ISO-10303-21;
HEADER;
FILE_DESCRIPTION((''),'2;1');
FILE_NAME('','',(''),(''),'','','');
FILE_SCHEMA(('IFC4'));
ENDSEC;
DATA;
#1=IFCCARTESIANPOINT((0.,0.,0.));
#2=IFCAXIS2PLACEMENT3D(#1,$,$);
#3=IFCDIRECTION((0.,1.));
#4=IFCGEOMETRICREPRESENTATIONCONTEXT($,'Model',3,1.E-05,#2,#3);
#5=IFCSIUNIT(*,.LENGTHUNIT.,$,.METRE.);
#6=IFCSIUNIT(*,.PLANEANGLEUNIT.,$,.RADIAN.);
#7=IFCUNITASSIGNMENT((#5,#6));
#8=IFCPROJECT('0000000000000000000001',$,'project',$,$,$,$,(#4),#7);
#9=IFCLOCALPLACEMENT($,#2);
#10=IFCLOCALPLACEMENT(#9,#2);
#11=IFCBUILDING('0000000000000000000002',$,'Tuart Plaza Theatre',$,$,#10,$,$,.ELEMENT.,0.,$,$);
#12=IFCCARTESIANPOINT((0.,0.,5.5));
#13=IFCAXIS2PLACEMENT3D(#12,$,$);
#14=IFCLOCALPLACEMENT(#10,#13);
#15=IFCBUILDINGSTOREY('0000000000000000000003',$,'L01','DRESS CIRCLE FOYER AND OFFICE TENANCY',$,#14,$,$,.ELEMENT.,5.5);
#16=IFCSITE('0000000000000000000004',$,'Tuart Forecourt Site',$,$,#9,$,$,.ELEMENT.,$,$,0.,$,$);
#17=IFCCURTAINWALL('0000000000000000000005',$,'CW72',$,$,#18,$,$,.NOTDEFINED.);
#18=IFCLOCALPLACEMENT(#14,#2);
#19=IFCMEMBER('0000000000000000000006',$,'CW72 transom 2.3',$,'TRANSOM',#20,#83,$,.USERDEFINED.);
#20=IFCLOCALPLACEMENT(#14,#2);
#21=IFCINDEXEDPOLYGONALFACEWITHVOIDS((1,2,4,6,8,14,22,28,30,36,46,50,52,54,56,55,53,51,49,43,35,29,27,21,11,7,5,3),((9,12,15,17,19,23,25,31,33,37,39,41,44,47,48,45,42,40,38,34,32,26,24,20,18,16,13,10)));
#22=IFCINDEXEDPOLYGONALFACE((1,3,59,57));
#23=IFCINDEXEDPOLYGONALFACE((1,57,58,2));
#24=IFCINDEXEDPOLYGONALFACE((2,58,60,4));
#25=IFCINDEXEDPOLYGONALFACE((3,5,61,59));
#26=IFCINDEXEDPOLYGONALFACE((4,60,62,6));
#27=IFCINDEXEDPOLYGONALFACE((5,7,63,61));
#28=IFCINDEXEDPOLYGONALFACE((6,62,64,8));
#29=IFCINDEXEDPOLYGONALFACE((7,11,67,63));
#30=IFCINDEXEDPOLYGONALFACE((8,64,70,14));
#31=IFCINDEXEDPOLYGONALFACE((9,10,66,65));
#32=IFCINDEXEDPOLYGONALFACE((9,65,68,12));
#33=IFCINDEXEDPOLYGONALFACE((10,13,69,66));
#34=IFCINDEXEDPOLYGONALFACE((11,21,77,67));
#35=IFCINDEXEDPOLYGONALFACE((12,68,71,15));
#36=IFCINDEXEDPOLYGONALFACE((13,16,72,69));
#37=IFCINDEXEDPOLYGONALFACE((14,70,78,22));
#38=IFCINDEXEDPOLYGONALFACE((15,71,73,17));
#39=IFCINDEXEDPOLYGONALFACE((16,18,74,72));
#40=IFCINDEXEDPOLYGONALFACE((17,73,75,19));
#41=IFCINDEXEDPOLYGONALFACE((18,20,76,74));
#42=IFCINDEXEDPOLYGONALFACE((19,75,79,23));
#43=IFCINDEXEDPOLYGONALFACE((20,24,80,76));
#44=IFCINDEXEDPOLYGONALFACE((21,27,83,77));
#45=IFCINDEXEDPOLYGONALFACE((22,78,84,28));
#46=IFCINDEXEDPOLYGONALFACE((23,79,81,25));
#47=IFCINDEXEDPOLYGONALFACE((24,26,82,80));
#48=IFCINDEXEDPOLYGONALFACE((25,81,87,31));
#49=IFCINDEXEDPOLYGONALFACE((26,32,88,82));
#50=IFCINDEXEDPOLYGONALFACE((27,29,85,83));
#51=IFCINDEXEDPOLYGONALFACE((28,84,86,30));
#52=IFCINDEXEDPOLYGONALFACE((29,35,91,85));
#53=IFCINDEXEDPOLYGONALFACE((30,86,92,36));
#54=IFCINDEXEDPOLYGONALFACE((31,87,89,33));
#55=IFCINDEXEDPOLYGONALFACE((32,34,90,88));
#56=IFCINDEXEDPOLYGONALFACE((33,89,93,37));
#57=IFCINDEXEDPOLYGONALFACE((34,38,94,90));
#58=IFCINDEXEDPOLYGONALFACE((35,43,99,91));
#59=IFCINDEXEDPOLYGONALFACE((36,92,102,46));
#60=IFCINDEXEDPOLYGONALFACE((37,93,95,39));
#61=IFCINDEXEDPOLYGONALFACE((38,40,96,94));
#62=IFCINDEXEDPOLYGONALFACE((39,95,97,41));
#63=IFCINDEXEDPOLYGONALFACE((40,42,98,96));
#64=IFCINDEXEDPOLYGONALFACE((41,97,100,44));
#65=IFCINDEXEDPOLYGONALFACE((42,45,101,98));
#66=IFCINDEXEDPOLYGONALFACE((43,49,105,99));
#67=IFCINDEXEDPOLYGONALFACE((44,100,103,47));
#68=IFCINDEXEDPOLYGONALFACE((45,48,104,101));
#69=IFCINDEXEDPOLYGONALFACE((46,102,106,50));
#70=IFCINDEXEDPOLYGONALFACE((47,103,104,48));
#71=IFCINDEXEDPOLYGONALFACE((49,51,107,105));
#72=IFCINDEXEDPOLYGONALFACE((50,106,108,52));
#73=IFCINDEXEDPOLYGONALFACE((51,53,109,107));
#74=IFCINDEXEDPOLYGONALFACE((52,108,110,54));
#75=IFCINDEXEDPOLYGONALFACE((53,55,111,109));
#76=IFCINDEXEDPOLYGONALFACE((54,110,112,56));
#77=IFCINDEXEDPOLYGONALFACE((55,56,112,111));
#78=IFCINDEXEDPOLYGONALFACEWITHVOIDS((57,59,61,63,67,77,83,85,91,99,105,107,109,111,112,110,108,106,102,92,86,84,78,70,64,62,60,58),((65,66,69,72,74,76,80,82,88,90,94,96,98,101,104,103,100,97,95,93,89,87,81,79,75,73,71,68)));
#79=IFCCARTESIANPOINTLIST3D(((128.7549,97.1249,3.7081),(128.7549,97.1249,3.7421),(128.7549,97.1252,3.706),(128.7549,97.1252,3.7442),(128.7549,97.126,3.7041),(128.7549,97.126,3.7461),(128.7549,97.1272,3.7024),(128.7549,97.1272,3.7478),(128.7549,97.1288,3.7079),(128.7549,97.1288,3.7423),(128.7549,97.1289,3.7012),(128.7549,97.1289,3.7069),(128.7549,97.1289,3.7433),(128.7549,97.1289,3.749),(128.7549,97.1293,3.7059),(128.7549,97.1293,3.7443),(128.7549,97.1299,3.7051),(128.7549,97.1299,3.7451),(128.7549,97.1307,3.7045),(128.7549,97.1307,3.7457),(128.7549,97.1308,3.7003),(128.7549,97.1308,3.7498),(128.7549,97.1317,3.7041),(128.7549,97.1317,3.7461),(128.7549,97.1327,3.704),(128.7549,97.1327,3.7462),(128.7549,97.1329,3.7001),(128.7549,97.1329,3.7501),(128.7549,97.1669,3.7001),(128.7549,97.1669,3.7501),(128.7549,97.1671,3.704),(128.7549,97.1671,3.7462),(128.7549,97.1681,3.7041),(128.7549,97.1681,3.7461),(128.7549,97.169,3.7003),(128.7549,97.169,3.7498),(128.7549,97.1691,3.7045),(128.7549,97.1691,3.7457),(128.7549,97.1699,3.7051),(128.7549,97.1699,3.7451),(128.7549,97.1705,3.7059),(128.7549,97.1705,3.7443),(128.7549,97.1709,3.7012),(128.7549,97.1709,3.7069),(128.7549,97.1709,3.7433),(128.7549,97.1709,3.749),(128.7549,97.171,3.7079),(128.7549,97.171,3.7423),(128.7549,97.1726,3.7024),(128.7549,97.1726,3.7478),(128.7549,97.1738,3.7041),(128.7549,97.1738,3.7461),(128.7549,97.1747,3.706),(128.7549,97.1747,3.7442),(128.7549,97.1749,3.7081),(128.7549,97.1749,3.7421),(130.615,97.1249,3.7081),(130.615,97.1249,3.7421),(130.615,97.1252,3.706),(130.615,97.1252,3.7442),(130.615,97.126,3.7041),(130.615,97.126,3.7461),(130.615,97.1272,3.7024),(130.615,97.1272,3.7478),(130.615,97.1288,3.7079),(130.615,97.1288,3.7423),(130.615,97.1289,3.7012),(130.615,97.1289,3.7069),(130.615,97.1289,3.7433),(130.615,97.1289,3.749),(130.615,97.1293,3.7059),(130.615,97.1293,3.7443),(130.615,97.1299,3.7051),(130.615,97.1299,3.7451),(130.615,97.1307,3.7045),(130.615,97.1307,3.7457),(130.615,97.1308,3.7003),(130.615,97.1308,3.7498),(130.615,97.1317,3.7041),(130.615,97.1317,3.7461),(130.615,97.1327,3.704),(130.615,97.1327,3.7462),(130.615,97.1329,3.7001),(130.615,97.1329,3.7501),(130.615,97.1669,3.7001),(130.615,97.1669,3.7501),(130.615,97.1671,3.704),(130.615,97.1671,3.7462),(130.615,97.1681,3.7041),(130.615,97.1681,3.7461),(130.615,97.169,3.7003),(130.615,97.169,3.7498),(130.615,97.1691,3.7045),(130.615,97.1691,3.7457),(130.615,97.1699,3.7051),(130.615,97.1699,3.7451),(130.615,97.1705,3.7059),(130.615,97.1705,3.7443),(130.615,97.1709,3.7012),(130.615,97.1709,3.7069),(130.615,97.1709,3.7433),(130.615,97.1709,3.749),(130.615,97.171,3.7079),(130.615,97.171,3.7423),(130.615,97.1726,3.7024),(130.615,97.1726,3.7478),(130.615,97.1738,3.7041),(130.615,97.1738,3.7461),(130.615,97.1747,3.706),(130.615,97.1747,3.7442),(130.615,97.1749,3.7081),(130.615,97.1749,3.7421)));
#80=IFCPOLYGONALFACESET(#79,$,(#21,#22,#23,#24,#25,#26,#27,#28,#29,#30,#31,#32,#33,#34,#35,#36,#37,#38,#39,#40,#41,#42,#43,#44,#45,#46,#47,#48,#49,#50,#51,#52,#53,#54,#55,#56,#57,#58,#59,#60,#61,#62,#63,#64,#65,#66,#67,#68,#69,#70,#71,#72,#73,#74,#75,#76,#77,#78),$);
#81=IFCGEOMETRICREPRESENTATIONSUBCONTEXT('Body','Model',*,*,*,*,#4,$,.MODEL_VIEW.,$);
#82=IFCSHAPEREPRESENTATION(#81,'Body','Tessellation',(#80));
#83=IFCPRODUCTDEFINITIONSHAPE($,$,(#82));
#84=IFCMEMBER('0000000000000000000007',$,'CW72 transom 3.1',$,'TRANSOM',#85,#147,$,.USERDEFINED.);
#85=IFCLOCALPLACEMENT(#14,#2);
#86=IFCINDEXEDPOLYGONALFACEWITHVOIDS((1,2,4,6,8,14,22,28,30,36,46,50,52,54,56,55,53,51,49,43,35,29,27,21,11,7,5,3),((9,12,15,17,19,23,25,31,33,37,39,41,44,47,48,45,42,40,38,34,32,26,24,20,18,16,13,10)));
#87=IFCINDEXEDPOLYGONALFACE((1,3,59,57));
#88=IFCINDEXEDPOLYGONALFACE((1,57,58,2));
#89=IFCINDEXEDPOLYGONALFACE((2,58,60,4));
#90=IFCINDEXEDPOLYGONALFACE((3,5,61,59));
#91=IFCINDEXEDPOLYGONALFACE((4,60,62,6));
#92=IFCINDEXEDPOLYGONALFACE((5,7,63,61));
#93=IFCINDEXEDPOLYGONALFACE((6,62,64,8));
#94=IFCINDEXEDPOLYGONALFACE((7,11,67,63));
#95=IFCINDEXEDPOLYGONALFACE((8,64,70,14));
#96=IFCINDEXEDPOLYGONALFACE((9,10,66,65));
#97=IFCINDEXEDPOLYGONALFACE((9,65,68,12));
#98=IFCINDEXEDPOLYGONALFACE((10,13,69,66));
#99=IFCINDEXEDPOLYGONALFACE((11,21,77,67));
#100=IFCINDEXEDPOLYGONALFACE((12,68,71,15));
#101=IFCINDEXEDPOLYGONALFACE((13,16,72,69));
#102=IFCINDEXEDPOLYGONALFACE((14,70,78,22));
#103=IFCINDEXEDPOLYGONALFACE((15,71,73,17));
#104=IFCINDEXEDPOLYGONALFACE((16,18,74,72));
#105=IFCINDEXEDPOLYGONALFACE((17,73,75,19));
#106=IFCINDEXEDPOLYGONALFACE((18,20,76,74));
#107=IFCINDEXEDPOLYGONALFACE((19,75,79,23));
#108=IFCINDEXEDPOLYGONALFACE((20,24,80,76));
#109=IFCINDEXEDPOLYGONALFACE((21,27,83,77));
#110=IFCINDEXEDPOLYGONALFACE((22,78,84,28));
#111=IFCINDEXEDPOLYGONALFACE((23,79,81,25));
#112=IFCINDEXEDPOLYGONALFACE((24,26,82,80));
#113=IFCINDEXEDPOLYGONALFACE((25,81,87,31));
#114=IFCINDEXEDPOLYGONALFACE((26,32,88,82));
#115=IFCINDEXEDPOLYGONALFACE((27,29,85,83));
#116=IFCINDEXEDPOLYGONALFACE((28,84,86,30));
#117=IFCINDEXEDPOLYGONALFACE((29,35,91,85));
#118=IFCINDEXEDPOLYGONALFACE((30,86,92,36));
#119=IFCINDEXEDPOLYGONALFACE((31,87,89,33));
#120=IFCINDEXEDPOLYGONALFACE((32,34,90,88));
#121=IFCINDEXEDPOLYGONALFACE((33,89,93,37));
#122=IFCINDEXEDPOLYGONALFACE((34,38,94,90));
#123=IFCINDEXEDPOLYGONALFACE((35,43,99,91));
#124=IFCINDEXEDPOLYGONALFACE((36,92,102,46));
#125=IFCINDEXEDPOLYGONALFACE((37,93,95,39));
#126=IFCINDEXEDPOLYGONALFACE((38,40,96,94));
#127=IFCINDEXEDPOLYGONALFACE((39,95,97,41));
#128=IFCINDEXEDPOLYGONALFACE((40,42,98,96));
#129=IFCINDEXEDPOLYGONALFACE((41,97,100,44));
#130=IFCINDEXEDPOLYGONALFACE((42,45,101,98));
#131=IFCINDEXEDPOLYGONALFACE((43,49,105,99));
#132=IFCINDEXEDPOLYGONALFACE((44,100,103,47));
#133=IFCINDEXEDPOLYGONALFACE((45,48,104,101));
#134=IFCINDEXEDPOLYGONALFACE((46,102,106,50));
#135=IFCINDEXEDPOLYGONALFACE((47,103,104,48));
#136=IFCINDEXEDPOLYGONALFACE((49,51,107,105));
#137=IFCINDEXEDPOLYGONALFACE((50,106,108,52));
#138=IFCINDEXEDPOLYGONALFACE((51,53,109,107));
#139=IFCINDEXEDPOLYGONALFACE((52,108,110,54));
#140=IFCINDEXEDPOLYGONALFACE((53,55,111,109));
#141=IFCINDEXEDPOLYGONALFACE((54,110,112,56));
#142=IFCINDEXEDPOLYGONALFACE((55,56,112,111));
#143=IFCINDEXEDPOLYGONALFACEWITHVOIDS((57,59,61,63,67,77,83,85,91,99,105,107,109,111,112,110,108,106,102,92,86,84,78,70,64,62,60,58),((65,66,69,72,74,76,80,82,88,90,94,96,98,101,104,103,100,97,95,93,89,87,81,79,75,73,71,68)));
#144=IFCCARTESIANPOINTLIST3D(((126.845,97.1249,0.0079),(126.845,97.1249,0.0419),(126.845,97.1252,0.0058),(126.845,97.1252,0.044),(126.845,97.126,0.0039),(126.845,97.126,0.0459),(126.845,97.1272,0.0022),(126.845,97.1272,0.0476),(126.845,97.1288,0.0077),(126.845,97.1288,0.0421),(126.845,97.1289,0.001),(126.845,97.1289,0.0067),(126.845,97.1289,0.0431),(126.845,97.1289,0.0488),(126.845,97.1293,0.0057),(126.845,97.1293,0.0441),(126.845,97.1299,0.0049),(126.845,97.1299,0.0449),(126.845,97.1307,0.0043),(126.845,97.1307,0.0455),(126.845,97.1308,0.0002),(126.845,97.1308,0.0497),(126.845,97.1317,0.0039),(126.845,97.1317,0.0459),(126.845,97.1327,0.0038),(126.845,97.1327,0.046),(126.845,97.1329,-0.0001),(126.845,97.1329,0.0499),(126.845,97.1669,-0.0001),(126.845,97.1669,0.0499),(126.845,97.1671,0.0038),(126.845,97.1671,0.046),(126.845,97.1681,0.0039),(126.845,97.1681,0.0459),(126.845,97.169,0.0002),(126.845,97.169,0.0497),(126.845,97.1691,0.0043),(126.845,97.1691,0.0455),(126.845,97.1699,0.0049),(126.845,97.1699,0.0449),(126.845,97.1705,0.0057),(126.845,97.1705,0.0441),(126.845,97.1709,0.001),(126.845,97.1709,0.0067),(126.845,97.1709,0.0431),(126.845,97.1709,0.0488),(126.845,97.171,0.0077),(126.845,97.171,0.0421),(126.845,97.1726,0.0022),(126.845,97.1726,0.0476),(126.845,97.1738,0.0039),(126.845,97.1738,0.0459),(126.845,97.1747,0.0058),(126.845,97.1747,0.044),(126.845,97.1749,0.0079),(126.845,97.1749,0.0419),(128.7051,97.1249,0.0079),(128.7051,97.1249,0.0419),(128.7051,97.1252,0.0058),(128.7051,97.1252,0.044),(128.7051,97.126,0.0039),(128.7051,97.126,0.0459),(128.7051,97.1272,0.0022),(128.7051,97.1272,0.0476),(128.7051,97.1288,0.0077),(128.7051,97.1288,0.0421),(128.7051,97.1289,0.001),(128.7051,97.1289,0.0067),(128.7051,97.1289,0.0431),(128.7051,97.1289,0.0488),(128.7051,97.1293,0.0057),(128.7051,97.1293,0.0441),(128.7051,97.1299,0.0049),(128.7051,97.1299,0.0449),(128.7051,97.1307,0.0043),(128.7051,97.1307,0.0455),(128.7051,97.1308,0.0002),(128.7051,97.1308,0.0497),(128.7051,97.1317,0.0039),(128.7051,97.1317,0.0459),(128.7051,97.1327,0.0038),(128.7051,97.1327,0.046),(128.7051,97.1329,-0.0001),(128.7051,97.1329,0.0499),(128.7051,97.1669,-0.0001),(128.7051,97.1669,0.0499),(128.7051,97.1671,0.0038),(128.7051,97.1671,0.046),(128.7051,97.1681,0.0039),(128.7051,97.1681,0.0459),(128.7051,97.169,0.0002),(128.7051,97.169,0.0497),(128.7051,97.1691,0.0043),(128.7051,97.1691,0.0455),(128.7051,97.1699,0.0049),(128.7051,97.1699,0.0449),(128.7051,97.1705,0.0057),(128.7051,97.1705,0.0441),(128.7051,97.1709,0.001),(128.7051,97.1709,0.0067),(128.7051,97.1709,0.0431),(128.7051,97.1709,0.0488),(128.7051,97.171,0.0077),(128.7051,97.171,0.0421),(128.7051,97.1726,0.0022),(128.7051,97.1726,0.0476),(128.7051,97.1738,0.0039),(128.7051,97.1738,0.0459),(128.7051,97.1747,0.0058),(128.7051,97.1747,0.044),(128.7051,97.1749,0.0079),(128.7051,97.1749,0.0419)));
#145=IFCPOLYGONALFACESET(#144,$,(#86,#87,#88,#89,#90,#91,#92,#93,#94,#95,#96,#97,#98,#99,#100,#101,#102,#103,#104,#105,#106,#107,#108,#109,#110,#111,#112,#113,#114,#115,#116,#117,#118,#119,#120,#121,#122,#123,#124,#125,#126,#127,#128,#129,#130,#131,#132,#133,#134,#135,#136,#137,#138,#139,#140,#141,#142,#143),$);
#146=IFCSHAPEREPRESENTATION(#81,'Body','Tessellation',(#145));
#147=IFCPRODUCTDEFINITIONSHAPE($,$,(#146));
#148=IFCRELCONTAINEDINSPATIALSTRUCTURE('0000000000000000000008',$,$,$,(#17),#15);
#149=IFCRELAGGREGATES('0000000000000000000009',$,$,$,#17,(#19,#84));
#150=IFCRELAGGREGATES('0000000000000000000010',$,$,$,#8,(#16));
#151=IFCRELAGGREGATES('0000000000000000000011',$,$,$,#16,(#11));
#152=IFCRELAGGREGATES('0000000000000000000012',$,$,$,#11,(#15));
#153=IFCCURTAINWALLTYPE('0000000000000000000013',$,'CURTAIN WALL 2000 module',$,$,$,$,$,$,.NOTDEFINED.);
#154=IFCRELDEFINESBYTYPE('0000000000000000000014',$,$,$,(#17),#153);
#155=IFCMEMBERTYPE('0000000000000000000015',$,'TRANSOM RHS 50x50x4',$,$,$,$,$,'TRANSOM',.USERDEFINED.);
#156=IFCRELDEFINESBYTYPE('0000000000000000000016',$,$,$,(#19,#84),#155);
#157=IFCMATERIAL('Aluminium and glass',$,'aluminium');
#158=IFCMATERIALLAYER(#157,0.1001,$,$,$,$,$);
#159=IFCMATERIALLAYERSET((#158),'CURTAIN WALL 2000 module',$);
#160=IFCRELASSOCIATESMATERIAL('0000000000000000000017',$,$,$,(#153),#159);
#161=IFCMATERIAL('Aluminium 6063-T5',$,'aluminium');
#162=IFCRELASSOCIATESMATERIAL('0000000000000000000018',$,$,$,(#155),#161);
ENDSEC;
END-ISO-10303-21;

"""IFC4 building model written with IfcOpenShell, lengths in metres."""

from ifc_helpers import new_model, si_unit, direction, frame, origin, origin_2d, place, context, subcontext, project, spatial, hollow_rectangle, extrude, material, layer, layer_set, material_profile, profile_set, type_object, element, aggregate, save


model = new_model("IFC4")

# Units and contexts
model_context = context("Model", 3, precision=1e-05, world=origin(), true_north=direction((0.0, 1.0)))
body_context = subcontext(model_context, "Body", "Model", "MODEL_VIEW")
ifc_project = project(units=[si_unit("LENGTHUNIT", "METRE"), si_unit("PLANEANGLEUNIT", "RADIAN")], contexts=[model_context])

# Site, building, storey
site_placement = place(None, origin())
site = spatial("IfcSite", under=ifc_project, at=site_placement, Name="Tuart Forecourt Site", CompositionType="ELEMENT", RefElevation=0.0)
building_placement = place(site_placement, origin())
building = spatial("IfcBuilding", under=site, at=building_placement, Name="Tuart Plaza Theatre", CompositionType="ELEMENT", ElevationOfRefHeight=0.0)
storey_placement = place(building_placement, frame((0.0, 0.0, 5.5)))
storey = spatial("IfcBuildingStorey", under=building, at=storey_placement, Name="L01", Description="DRESS CIRCLE FOYER AND OFFICE TENANCY", CompositionType="ELEMENT", Elevation=5.5)

# Curtain wall, members
ifc_material_1 = material(Name="Aluminium and glass", Category="aluminium")
ifc_layer_1 = layer(ifc_material_1, 0.1001)
ifc_layer_set_1 = layer_set([ifc_layer_1], Name="CURTAIN WALL 2000 module")
curtain_wall_type = type_object("IfcCurtainWallType", Name="CURTAIN WALL 2000 module", PredefinedType="NOTDEFINED", material=ifc_layer_set_1)
curtain_wall_placement = place(storey_placement, origin())
curtain_wall = element("IfcCurtainWall", 1, at=curtain_wall_placement, inside=storey, type_object=curtain_wall_type, Name="CW72", PredefinedType="NOTDEFINED")
ifc_material_2 = material(Name="Aluminium 6063-T5", Category="aluminium")
ifc_material_profile_1 = material_profile(ifc_material_2, hollow_rectangle(XDim=0.05, YDim=0.05, WallThickness=0.0039, InnerFilletRadius=0.0039, OuterFilletRadius=0.0081, at=origin_2d()), Name="RHS 50x50x4")
ifc_profile_set_1 = profile_set([ifc_material_profile_1], Name="Aluminium 6063-T5")
member_type_1 = type_object("IfcMemberType", Name="TRANSOM RHS 50x50x4", ElementType="TRANSOM", PredefinedType="USERDEFINED", material=ifc_profile_set_1)
member_1_placement = place(storey_placement, frame((130.615, 97.1499, 3.7251), z_axis=(-1.0, 0.0, 0.0), x_axis=(0.0, -1.0, 0.0)))
member_1 = element("IfcMember", 2, at=member_1_placement, type_object=member_type_1, Name="CW72 transom 2.3", ObjectType="TRANSOM", PredefinedType="USERDEFINED", context=body_context, shape_type="SweptSolid", body=[
    extrude(hollow_rectangle(XDim=0.05, YDim=0.05, WallThickness=0.0039, InnerFilletRadius=0.0039, OuterFilletRadius=0.0081, at=origin_2d()), origin(), (0.0, 0.0, 1.0), 1.8601),
])
member_2_placement = place(storey_placement, frame((128.7051, 97.1499, 0.0249), z_axis=(-1.0, 0.0, 0.0), x_axis=(0.0, -1.0, 0.0)))
member_2 = element("IfcMember", 3, at=member_2_placement, type_object=member_type_1, Name="CW72 transom 3.1", ObjectType="TRANSOM", PredefinedType="USERDEFINED", context=body_context, shape_type="SweptSolid", body=[
    extrude(hollow_rectangle(XDim=0.05, YDim=0.05, WallThickness=0.0039, InnerFilletRadius=0.0039, OuterFilletRadius=0.0081, at=origin_2d()), origin(), (0.0, 0.0, 1.0), 1.8601),
])
aggregate(curtain_wall, [member_1, member_2])

save(model, "model.ifc")
